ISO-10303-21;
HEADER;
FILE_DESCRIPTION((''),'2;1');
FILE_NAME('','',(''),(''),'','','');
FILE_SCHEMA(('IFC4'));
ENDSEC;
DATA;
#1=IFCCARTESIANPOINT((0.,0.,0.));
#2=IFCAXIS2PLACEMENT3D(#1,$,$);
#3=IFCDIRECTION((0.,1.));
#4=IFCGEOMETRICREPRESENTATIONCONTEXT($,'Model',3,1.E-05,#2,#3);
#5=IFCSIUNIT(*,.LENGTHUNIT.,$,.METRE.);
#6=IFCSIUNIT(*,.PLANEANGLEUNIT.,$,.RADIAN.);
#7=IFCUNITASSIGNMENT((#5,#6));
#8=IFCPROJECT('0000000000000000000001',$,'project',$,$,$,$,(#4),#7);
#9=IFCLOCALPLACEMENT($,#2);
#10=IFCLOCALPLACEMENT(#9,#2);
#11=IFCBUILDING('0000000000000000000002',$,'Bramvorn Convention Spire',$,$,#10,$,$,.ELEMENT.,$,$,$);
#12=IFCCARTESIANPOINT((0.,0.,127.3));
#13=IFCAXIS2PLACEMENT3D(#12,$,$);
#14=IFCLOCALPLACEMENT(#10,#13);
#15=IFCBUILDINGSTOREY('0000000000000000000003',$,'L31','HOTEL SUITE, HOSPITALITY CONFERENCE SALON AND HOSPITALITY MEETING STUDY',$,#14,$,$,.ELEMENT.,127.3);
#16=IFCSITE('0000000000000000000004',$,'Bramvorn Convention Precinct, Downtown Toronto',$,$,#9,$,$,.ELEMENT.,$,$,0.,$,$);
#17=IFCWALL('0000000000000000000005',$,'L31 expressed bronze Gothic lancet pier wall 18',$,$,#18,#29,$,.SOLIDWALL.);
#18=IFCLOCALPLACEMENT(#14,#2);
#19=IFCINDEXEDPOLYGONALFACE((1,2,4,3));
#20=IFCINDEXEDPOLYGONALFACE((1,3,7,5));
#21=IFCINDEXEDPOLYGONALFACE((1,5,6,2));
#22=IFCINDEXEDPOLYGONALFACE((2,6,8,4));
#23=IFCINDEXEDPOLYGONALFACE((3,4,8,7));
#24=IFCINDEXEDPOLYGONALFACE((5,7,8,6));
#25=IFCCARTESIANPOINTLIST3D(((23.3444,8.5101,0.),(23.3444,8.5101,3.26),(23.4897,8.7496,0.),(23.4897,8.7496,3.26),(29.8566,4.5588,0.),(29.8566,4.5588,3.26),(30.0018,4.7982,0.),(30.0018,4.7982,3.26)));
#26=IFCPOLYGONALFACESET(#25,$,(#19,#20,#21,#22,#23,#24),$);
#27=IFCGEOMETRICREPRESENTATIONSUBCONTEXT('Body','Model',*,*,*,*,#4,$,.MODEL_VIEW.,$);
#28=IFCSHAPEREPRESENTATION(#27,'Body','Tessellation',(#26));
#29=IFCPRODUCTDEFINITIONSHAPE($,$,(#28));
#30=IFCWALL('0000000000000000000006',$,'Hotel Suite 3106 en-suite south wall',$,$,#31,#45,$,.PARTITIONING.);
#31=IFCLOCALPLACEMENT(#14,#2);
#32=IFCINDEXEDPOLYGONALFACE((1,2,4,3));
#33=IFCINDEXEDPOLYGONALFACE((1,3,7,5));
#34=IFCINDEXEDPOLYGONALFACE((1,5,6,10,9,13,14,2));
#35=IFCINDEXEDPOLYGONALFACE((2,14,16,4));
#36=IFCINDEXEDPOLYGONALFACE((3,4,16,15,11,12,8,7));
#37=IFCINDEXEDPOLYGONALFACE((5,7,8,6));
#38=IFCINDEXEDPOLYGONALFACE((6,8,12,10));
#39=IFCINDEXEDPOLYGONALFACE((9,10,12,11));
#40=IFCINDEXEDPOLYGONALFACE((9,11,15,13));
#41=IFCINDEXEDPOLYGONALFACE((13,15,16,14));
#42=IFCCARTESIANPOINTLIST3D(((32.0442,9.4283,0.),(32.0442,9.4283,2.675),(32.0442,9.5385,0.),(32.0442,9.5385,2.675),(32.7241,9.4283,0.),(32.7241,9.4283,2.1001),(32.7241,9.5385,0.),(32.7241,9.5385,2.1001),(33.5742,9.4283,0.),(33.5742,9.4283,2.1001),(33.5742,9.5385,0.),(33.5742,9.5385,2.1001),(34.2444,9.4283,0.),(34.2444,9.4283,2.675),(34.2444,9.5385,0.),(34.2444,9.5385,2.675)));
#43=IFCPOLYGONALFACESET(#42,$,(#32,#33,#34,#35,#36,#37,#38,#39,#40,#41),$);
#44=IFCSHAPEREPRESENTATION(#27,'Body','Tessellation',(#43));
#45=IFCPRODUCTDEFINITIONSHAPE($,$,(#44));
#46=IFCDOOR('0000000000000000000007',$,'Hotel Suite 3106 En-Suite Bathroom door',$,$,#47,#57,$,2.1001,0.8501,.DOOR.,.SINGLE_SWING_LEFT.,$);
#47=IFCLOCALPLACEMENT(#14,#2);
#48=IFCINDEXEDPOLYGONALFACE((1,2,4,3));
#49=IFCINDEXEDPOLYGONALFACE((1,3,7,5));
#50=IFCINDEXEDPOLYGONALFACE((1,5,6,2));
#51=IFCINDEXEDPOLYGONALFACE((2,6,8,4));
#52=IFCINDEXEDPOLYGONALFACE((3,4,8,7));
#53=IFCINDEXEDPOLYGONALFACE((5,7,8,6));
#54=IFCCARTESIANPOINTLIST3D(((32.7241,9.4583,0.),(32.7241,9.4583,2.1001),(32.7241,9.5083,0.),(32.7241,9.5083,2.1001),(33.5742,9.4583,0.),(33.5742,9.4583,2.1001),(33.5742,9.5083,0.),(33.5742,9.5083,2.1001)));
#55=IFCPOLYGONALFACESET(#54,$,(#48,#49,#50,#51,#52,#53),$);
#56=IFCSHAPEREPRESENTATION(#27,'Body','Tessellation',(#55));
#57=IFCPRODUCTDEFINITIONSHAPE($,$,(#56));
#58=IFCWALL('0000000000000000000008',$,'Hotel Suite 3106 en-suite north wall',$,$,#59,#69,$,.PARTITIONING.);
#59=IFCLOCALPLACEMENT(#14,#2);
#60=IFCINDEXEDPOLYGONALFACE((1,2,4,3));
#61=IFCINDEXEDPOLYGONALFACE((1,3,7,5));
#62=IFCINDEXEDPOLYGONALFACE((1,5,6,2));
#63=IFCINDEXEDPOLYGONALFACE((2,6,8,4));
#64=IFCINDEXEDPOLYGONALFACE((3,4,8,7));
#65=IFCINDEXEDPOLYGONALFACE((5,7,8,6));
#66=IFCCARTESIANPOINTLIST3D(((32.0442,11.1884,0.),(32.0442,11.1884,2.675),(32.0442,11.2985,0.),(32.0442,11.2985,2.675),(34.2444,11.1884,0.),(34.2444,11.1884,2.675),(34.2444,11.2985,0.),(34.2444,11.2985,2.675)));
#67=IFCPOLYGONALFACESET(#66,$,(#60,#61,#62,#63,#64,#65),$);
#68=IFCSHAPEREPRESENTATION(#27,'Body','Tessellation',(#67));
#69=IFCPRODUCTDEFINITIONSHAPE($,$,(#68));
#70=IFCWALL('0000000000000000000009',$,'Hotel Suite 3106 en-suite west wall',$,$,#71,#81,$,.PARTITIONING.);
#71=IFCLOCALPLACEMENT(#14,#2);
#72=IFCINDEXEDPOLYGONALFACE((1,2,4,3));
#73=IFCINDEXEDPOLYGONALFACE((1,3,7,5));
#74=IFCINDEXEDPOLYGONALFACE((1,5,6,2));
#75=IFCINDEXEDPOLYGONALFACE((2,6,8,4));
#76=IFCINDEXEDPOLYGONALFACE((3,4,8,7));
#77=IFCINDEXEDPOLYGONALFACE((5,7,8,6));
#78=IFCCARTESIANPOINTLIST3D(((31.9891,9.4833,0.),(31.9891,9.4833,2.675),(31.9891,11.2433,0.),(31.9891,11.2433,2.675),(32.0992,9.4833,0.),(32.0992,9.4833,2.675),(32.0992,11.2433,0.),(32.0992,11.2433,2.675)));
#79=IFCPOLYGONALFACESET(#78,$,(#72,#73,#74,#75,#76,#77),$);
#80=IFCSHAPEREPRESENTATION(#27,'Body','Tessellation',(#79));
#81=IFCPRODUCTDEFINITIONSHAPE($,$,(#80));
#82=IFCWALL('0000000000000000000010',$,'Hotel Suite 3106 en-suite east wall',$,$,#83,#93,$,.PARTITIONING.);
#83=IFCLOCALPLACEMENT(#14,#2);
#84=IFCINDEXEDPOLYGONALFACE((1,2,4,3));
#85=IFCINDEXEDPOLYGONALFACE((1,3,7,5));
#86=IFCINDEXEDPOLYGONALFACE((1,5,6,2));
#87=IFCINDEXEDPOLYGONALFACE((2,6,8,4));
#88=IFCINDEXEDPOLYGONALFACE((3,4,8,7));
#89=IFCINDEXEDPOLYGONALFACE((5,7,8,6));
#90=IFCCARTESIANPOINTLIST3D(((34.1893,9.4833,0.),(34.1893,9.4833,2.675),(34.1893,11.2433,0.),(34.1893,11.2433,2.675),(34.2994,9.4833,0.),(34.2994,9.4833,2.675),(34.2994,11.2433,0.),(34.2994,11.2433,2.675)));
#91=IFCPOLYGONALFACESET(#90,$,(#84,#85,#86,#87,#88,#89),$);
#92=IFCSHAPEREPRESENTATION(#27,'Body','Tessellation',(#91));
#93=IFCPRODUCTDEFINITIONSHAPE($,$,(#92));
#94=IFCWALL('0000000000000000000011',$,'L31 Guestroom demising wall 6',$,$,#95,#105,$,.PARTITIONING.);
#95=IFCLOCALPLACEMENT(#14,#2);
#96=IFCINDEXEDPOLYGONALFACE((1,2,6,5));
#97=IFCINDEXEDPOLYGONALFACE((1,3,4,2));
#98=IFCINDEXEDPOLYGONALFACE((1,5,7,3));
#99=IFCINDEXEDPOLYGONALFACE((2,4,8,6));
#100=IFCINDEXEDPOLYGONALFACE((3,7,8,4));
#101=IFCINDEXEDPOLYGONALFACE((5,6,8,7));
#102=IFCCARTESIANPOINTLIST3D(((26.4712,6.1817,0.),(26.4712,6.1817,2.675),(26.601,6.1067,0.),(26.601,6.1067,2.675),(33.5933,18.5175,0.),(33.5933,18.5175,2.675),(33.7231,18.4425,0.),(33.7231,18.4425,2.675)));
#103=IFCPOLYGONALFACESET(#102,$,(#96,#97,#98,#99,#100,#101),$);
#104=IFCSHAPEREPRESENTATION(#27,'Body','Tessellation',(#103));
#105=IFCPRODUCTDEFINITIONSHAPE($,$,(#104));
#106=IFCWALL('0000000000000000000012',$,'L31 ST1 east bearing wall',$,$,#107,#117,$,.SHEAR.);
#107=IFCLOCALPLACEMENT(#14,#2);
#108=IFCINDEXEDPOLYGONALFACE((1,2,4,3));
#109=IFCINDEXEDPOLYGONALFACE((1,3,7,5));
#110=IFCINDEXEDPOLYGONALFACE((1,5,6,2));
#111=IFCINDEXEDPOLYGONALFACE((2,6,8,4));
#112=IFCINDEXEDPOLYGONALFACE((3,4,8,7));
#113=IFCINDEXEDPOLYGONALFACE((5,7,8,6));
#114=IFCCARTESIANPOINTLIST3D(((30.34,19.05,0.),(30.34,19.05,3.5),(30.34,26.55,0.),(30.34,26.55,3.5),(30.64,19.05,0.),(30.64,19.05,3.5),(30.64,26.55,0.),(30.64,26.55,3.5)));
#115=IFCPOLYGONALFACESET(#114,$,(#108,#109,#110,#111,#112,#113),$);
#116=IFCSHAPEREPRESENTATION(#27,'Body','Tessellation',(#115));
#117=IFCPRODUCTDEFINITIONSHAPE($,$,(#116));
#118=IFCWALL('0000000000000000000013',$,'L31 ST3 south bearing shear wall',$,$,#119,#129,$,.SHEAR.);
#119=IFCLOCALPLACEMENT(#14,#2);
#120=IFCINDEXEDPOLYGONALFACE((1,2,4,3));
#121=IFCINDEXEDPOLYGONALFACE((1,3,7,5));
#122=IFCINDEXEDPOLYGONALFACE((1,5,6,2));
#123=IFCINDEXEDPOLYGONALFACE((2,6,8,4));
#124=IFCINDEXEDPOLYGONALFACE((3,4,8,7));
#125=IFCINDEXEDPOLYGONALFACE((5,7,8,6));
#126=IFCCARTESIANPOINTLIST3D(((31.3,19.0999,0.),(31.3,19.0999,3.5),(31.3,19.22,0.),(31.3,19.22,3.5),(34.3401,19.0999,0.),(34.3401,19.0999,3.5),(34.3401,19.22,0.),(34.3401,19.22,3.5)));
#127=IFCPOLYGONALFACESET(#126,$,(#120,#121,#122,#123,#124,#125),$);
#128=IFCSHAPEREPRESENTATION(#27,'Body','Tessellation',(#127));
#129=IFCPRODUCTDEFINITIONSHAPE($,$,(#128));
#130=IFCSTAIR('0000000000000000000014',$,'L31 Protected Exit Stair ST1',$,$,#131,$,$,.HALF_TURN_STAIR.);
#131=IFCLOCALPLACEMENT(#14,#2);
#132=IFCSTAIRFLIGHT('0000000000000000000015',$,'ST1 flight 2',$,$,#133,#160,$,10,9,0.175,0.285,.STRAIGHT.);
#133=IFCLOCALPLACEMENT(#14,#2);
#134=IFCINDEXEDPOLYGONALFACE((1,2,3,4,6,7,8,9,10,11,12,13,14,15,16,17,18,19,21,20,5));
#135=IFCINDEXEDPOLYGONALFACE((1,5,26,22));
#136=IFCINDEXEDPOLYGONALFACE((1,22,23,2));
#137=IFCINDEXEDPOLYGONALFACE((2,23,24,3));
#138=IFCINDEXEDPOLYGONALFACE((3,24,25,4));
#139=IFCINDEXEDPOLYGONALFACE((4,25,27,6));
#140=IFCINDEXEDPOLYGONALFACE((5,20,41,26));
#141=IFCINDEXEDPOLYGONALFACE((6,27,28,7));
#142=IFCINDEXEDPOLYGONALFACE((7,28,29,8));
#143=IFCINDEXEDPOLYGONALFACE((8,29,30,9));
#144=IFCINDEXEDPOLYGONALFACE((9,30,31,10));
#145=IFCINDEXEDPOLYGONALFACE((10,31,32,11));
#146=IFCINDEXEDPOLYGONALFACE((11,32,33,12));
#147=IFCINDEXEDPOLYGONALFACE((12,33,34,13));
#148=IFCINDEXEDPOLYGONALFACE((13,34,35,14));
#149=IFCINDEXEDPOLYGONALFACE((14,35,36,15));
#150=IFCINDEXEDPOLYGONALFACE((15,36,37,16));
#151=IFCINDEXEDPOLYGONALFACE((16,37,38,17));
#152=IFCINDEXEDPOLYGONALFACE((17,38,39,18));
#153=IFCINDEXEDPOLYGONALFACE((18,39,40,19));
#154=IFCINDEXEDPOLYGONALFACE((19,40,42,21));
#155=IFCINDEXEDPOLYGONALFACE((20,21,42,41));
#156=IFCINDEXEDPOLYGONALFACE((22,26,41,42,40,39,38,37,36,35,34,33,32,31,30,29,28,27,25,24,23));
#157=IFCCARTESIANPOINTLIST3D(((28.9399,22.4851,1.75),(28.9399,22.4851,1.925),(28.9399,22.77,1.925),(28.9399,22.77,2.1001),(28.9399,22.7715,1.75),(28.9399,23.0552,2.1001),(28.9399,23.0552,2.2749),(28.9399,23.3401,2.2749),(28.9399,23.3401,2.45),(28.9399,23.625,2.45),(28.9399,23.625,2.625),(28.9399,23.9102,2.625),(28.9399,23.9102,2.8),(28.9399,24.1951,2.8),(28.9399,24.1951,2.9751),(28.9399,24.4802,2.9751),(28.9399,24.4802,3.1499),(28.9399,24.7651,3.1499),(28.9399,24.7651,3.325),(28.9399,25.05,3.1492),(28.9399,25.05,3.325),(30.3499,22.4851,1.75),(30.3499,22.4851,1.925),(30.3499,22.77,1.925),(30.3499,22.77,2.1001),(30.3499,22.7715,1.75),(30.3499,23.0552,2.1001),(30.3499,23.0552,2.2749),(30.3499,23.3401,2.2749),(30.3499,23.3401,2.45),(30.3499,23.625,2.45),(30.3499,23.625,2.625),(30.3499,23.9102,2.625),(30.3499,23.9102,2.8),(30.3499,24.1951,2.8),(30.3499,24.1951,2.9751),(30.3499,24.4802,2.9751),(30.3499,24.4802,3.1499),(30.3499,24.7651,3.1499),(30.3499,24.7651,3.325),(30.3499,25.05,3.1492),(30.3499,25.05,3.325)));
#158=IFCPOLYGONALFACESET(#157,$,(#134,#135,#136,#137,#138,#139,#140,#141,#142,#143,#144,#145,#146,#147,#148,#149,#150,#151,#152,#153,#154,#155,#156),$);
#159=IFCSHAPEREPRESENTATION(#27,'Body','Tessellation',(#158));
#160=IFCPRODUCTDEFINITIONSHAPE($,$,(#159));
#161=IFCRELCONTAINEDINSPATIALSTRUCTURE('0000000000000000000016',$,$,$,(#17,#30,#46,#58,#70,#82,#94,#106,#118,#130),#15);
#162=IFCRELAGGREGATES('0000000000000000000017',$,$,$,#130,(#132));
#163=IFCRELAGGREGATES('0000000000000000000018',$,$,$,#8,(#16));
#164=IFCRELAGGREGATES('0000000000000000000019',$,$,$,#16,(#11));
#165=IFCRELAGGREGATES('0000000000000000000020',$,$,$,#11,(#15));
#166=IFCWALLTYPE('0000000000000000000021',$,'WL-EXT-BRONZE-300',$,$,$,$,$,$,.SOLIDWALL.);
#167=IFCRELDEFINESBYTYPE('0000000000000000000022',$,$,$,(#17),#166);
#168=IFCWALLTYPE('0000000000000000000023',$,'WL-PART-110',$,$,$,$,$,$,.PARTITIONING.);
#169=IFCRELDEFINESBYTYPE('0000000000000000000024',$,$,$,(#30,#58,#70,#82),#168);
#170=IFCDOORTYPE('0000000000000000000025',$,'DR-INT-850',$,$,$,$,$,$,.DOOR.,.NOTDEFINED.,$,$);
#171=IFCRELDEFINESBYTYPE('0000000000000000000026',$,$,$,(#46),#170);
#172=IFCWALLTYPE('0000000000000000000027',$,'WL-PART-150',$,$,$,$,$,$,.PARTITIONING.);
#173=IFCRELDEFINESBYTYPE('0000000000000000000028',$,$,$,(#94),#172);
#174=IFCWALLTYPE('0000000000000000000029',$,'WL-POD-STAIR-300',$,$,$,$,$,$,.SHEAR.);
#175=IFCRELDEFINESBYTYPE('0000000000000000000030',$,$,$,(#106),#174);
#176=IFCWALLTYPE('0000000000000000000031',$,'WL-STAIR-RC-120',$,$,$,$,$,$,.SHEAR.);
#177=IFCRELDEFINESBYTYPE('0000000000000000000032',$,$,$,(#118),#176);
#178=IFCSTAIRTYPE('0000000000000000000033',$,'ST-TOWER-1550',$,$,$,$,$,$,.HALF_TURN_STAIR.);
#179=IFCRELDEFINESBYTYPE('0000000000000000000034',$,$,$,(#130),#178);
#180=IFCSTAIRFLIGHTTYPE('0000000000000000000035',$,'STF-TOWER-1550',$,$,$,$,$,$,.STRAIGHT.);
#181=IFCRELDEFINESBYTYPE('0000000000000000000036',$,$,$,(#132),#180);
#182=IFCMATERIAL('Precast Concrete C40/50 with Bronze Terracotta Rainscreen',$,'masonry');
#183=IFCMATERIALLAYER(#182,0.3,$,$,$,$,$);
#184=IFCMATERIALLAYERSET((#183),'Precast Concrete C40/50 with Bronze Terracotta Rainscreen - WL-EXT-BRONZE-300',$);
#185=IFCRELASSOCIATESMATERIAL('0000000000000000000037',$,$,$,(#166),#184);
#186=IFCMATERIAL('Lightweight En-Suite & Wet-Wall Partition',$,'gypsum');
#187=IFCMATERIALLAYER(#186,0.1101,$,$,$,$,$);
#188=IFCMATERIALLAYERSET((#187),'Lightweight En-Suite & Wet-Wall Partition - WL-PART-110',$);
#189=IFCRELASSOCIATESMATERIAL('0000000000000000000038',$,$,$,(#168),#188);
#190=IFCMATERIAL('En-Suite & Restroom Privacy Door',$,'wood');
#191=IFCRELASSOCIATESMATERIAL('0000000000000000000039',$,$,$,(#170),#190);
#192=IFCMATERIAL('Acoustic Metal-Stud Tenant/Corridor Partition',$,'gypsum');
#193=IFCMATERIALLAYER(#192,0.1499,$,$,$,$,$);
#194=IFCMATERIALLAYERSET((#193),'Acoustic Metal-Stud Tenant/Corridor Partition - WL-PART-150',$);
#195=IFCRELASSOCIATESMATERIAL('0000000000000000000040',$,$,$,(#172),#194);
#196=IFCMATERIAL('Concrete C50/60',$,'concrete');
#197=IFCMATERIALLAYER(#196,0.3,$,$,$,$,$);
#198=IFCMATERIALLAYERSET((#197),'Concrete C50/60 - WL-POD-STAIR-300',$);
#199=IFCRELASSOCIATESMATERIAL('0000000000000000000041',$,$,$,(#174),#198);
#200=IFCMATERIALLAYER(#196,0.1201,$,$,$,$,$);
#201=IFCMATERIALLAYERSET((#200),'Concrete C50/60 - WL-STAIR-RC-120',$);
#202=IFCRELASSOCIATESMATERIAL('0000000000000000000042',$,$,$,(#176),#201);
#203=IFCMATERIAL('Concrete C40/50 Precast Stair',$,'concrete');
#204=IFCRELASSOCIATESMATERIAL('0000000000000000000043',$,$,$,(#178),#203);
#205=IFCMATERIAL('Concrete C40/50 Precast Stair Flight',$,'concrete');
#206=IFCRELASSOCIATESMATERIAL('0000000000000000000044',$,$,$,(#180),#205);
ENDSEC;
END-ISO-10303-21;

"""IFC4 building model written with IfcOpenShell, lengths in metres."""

from ifc_helpers import new_model, si_unit, direction, frame, frame_2d, origin, place, context, subcontext, project, spatial, polyline, rectangle, outline, extrude, material, layer, layer_set, type_object, element, fill, aggregate, save


model = new_model("IFC4")

# Units and contexts
model_context = context("Model", 3, precision=1e-05, world=origin(), true_north=direction((0.0, 1.0)))
body_context = subcontext(model_context, "Body", "Model", "MODEL_VIEW")
ifc_project = project(units=[si_unit("LENGTHUNIT", "METRE"), si_unit("PLANEANGLEUNIT", "RADIAN")], contexts=[model_context])

# Site, building, storey
site_placement = place(None, origin())
site = spatial("IfcSite", under=ifc_project, at=site_placement, Name="Bramvorn Convention Precinct, Downtown Toronto", CompositionType="ELEMENT", RefElevation=0.0)
building_placement = place(site_placement, origin())
building = spatial("IfcBuilding", under=site, at=building_placement, Name="Bramvorn Convention Spire", CompositionType="ELEMENT")
storey_placement = place(building_placement, frame((0.0, 0.0, 127.3)))
storey = spatial("IfcBuildingStorey", under=building, at=storey_placement, Name="L31", Description="HOTEL SUITE, HOSPITALITY CONFERENCE SALON AND HOSPITALITY MEETING STUDY", CompositionType="ELEMENT", Elevation=127.3)

# Wall
ifc_material_1 = material(Name="Precast Concrete C40/50 with Bronze Terracotta Rainscreen", Category="masonry")
ifc_layer_1 = layer(ifc_material_1, 0.3)
ifc_layer_set_1 = layer_set([ifc_layer_1], Name="Precast Concrete C40/50 with Bronze Terracotta Rainscreen - WL-EXT-BRONZE-300")
wall_type_1 = type_object("IfcWallType", Name="WL-EXT-BRONZE-300", PredefinedType="SOLIDWALL", material=ifc_layer_set_1)
wall_1_placement = place(storey_placement, frame((29.9292, 4.6785, 0.0), z_axis=(0.0, 0.0, 1.0), x_axis=(-0.854929, 0.518746, 0.0)))
element("IfcWall", 1, at=wall_1_placement, inside=storey, type_object=wall_type_1, Name="L31 expressed bronze Gothic lancet pier wall 18", PredefinedType="SOLIDWALL", context=body_context, shape_type="SweptSolid", body=[
    extrude(rectangle(XDim=7.6172, YDim=0.28, at=frame_2d((3.8086, 0.0))), origin(), (0.0, 0.0, 1.0), 3.26),
])

# Wall, opening, door
ifc_material_2 = material(Name="Lightweight En-Suite & Wet-Wall Partition", Category="gypsum")
ifc_layer_2 = layer(ifc_material_2, 0.1101)
ifc_layer_set_2 = layer_set([ifc_layer_2], Name="Lightweight En-Suite & Wet-Wall Partition - WL-PART-110")
wall_type_2 = type_object("IfcWallType", Name="WL-PART-110", PredefinedType="PARTITIONING", material=ifc_layer_set_2)
wall_2_placement = place(storey_placement, frame((32.0442, 9.4834, 0.0), z_axis=(0.0, 0.0, 1.0), x_axis=(1.0, 0.0, 0.0)))
wall_2 = element("IfcWall", 2, at=wall_2_placement, inside=storey, type_object=wall_type_2, Name="Hotel Suite 3106 en-suite south wall", PredefinedType="PARTITIONING", context=body_context, shape_type="SweptSolid", body=[
    extrude(rectangle(XDim=2.2002, YDim=0.1101, at=frame_2d((1.1001, 0.0))), origin(), (0.0, 0.0, 1.0), 2.675),
])
opening_placement = place(wall_2_placement, frame((0.6799, 0.0, 0.0)))
opening = element("IfcOpeningElement", 3, at=opening_placement, cuts=wall_2, PredefinedType="OPENING", context=body_context, shape_type="SweptSolid", body=[
    extrude(rectangle(XDim=0.8501, YDim=2.1001, at=frame_2d((0.425, 1.05))), frame((0.0, 0.0649, 0.0), z_axis=(0.0, -1.0, 0.0), x_axis=(1.0, 0.0, 0.0)), (0.0, 0.0, 1.0), 0.1301),
])
ifc_material_3 = material(Name="En-Suite & Restroom Privacy Door", Category="wood")
door_type = type_object("IfcDoorType", Name="DR-INT-850", OperationType="NOTDEFINED", PredefinedType="DOOR", material=ifc_material_3)
door_placement = place(opening_placement, origin())
door = element("IfcDoor", 4, at=door_placement, inside=storey, type_object=door_type, Name="Hotel Suite 3106 En-Suite Bathroom door", OperationType="SINGLE_SWING_LEFT", OverallHeight=2.1001, OverallWidth=0.8501, PredefinedType="DOOR", context=body_context, shape_type="SweptSolid", body=[
    extrude(rectangle(XDim=0.8501, YDim=2.1001, at=frame_2d((0.425, 1.05))), frame((0.0, 0.0249, 0.0), z_axis=(0.0, -1.0, 0.0), x_axis=(1.0, 0.0, 0.0)), (0.0, 0.0, 1.0), 0.05),
])
fill(opening, door)

# Walls
wall_3_placement = place(storey_placement, frame((32.0442, 11.2434, 0.0), z_axis=(0.0, 0.0, 1.0), x_axis=(1.0, 0.0, 0.0)))
element("IfcWall", 5, at=wall_3_placement, inside=storey, type_object=wall_type_2, Name="Hotel Suite 3106 en-suite north wall", PredefinedType="PARTITIONING", context=body_context, shape_type="SweptSolid", body=[
    extrude(rectangle(XDim=2.2002, YDim=0.1101, at=frame_2d((1.1001, 0.0))), origin(), (0.0, 0.0, 1.0), 2.675),
])
for number, where, z_axis, x_axis, name in (
    (6, (32.0442, 9.4834, 0.0), (0.0, 0.0, 1.0), (0.0, 1.0, 0.0), "Hotel Suite 3106 en-suite west wall"),
    (7, (34.2444, 9.4834, 0.0), (0.0, 0.0, 1.0), (0.0, 1.0, 0.0), "Hotel Suite 3106 en-suite east wall"),
):
    element("IfcWall", number, at=place(storey_placement, frame(where, z_axis=z_axis, x_axis=x_axis)), inside=storey, type_object=wall_type_2, Name=name, PredefinedType="PARTITIONING", context=body_context, shape_type="SweptSolid", body=[
        extrude(rectangle(XDim=1.76, YDim=0.1101, at=frame_2d((0.8799, 0.0))), origin(), (0.0, 0.0, 1.0), 2.675),
    ])
ifc_material_4 = material(Name="Acoustic Metal-Stud Tenant/Corridor Partition", Category="gypsum")
ifc_layer_3 = layer(ifc_material_4, 0.1499)
ifc_layer_set_3 = layer_set([ifc_layer_3], Name="Acoustic Metal-Stud Tenant/Corridor Partition - WL-PART-150")
wall_type_3 = type_object("IfcWallType", Name="WL-PART-150", PredefinedType="PARTITIONING", material=ifc_layer_set_3)
wall_4_placement = place(storey_placement, frame((33.6582, 18.48, 0.0), z_axis=(0.0, 0.0, 1.0), x_axis=(-0.500003, -0.866024, 0.0)))
element("IfcWall", 8, at=wall_4_placement, inside=storey, type_object=wall_type_3, Name="L31 Guestroom demising wall 6", PredefinedType="PARTITIONING", context=body_context, shape_type="SweptSolid", body=[
    extrude(rectangle(XDim=14.2441, YDim=0.1499, at=frame_2d((7.1221, 0.0))), origin(), (0.0, 0.0, 1.0), 2.675),
])
ifc_material_5 = material(Name="Concrete C50/60", Category="concrete")
ifc_layer_4 = layer(ifc_material_5, 0.3)
ifc_layer_set_4 = layer_set([ifc_layer_4], Name="Concrete C50/60 - WL-POD-STAIR-300")
wall_type_4 = type_object("IfcWallType", Name="WL-POD-STAIR-300", PredefinedType="SHEAR", material=ifc_layer_set_4)
wall_5_placement = place(storey_placement, frame((30.49, 19.05, 0.0), z_axis=(0.0, 0.0, 1.0), x_axis=(0.0, 1.0, 0.0)))
element("IfcWall", 9, at=wall_5_placement, inside=storey, type_object=wall_type_4, Name="L31 ST1 east bearing wall", PredefinedType="SHEAR", context=body_context, shape_type="SweptSolid", body=[
    extrude(rectangle(XDim=7.5, YDim=0.3, at=frame_2d((3.75, 0.0))), origin(), (0.0, 0.0, 1.0), 3.5),
])
ifc_layer_5 = layer(ifc_material_5, 0.1201)
ifc_layer_set_5 = layer_set([ifc_layer_5], Name="Concrete C50/60 - WL-STAIR-RC-120")
wall_type_5 = type_object("IfcWallType", Name="WL-STAIR-RC-120", PredefinedType="SHEAR", material=ifc_layer_set_5)
wall_6_placement = place(storey_placement, frame((31.3, 19.1599, 0.0), z_axis=(0.0, 0.0, 1.0), x_axis=(1.0, 0.0, 0.0)))
element("IfcWall", 10, at=wall_6_placement, inside=storey, type_object=wall_type_5, Name="L31 ST3 south bearing shear wall", PredefinedType="SHEAR", context=body_context, shape_type="SweptSolid", body=[
    extrude(rectangle(XDim=3.04, YDim=0.1201, at=frame_2d((1.52, 0.0))), origin(), (0.0, 0.0, 1.0), 3.5),
])

# Stair, stair flight
ifc_material_6 = material(Name="Concrete C40/50 Precast Stair", Category="concrete")
stair_type = type_object("IfcStairType", Name="ST-TOWER-1550", PredefinedType="HALF_TURN_STAIR", material=ifc_material_6)
stair_1_placement = place(storey_placement, origin())
stair_1 = element("IfcStair", 11, at=stair_1_placement, inside=storey, type_object=stair_type, Name="L31 Protected Exit Stair ST1", PredefinedType="HALF_TURN_STAIR")
ifc_material_7 = material(Name="Concrete C40/50 Precast Stair Flight", Category="concrete")
stair_flight_type = type_object("IfcStairFlightType", Name="STF-TOWER-1550", PredefinedType="STRAIGHT", material=ifc_material_7)
stair_flight_1_placement = place(storey_placement, frame((29.645, 22.4851, 1.75), z_axis=(0.0, 0.0, 1.0), x_axis=(0.0, 1.0, 0.0)))
stair_flight_1 = element("IfcStairFlight", 12, at=stair_flight_1_placement, type_object=stair_flight_type, Name="ST1 flight 2", NumberOfRisers=10, NumberOfTreads=9, PredefinedType="STRAIGHT", RiserHeight=0.175, TreadLength=0.285, context=body_context, shape_type="SweptSolid", body=[
    extrude(outline(polyline([(0.0, 0.0), (0.0, 0.175), (0.2849, 0.175), (0.2849, 0.3501), (0.5701, 0.3501), (0.5701, 0.5249), (0.855, 0.5249), (0.855, 0.7), (1.1399, 0.7), (1.1399, 0.875), (1.425, 0.875), (1.425, 1.05), (1.71, 1.05), (1.71, 1.2251), (1.9951, 1.2251), (1.9951, 1.3999), (2.28, 1.3999), (2.28, 1.575), (2.5649, 1.575), (2.5649, 1.75), (2.5649, 1.3992), (0.2864, 0.0), (0.0, 0.0)])), frame((0.0, 0.7051, 0.0), z_axis=(0.0, -1.0, 0.0), x_axis=(1.0, 0.0, 0.0)), (0.0, 0.0, 1.0), 1.4099),
])
aggregate(stair_1, [stair_flight_1])

save(model, "model.ifc")
